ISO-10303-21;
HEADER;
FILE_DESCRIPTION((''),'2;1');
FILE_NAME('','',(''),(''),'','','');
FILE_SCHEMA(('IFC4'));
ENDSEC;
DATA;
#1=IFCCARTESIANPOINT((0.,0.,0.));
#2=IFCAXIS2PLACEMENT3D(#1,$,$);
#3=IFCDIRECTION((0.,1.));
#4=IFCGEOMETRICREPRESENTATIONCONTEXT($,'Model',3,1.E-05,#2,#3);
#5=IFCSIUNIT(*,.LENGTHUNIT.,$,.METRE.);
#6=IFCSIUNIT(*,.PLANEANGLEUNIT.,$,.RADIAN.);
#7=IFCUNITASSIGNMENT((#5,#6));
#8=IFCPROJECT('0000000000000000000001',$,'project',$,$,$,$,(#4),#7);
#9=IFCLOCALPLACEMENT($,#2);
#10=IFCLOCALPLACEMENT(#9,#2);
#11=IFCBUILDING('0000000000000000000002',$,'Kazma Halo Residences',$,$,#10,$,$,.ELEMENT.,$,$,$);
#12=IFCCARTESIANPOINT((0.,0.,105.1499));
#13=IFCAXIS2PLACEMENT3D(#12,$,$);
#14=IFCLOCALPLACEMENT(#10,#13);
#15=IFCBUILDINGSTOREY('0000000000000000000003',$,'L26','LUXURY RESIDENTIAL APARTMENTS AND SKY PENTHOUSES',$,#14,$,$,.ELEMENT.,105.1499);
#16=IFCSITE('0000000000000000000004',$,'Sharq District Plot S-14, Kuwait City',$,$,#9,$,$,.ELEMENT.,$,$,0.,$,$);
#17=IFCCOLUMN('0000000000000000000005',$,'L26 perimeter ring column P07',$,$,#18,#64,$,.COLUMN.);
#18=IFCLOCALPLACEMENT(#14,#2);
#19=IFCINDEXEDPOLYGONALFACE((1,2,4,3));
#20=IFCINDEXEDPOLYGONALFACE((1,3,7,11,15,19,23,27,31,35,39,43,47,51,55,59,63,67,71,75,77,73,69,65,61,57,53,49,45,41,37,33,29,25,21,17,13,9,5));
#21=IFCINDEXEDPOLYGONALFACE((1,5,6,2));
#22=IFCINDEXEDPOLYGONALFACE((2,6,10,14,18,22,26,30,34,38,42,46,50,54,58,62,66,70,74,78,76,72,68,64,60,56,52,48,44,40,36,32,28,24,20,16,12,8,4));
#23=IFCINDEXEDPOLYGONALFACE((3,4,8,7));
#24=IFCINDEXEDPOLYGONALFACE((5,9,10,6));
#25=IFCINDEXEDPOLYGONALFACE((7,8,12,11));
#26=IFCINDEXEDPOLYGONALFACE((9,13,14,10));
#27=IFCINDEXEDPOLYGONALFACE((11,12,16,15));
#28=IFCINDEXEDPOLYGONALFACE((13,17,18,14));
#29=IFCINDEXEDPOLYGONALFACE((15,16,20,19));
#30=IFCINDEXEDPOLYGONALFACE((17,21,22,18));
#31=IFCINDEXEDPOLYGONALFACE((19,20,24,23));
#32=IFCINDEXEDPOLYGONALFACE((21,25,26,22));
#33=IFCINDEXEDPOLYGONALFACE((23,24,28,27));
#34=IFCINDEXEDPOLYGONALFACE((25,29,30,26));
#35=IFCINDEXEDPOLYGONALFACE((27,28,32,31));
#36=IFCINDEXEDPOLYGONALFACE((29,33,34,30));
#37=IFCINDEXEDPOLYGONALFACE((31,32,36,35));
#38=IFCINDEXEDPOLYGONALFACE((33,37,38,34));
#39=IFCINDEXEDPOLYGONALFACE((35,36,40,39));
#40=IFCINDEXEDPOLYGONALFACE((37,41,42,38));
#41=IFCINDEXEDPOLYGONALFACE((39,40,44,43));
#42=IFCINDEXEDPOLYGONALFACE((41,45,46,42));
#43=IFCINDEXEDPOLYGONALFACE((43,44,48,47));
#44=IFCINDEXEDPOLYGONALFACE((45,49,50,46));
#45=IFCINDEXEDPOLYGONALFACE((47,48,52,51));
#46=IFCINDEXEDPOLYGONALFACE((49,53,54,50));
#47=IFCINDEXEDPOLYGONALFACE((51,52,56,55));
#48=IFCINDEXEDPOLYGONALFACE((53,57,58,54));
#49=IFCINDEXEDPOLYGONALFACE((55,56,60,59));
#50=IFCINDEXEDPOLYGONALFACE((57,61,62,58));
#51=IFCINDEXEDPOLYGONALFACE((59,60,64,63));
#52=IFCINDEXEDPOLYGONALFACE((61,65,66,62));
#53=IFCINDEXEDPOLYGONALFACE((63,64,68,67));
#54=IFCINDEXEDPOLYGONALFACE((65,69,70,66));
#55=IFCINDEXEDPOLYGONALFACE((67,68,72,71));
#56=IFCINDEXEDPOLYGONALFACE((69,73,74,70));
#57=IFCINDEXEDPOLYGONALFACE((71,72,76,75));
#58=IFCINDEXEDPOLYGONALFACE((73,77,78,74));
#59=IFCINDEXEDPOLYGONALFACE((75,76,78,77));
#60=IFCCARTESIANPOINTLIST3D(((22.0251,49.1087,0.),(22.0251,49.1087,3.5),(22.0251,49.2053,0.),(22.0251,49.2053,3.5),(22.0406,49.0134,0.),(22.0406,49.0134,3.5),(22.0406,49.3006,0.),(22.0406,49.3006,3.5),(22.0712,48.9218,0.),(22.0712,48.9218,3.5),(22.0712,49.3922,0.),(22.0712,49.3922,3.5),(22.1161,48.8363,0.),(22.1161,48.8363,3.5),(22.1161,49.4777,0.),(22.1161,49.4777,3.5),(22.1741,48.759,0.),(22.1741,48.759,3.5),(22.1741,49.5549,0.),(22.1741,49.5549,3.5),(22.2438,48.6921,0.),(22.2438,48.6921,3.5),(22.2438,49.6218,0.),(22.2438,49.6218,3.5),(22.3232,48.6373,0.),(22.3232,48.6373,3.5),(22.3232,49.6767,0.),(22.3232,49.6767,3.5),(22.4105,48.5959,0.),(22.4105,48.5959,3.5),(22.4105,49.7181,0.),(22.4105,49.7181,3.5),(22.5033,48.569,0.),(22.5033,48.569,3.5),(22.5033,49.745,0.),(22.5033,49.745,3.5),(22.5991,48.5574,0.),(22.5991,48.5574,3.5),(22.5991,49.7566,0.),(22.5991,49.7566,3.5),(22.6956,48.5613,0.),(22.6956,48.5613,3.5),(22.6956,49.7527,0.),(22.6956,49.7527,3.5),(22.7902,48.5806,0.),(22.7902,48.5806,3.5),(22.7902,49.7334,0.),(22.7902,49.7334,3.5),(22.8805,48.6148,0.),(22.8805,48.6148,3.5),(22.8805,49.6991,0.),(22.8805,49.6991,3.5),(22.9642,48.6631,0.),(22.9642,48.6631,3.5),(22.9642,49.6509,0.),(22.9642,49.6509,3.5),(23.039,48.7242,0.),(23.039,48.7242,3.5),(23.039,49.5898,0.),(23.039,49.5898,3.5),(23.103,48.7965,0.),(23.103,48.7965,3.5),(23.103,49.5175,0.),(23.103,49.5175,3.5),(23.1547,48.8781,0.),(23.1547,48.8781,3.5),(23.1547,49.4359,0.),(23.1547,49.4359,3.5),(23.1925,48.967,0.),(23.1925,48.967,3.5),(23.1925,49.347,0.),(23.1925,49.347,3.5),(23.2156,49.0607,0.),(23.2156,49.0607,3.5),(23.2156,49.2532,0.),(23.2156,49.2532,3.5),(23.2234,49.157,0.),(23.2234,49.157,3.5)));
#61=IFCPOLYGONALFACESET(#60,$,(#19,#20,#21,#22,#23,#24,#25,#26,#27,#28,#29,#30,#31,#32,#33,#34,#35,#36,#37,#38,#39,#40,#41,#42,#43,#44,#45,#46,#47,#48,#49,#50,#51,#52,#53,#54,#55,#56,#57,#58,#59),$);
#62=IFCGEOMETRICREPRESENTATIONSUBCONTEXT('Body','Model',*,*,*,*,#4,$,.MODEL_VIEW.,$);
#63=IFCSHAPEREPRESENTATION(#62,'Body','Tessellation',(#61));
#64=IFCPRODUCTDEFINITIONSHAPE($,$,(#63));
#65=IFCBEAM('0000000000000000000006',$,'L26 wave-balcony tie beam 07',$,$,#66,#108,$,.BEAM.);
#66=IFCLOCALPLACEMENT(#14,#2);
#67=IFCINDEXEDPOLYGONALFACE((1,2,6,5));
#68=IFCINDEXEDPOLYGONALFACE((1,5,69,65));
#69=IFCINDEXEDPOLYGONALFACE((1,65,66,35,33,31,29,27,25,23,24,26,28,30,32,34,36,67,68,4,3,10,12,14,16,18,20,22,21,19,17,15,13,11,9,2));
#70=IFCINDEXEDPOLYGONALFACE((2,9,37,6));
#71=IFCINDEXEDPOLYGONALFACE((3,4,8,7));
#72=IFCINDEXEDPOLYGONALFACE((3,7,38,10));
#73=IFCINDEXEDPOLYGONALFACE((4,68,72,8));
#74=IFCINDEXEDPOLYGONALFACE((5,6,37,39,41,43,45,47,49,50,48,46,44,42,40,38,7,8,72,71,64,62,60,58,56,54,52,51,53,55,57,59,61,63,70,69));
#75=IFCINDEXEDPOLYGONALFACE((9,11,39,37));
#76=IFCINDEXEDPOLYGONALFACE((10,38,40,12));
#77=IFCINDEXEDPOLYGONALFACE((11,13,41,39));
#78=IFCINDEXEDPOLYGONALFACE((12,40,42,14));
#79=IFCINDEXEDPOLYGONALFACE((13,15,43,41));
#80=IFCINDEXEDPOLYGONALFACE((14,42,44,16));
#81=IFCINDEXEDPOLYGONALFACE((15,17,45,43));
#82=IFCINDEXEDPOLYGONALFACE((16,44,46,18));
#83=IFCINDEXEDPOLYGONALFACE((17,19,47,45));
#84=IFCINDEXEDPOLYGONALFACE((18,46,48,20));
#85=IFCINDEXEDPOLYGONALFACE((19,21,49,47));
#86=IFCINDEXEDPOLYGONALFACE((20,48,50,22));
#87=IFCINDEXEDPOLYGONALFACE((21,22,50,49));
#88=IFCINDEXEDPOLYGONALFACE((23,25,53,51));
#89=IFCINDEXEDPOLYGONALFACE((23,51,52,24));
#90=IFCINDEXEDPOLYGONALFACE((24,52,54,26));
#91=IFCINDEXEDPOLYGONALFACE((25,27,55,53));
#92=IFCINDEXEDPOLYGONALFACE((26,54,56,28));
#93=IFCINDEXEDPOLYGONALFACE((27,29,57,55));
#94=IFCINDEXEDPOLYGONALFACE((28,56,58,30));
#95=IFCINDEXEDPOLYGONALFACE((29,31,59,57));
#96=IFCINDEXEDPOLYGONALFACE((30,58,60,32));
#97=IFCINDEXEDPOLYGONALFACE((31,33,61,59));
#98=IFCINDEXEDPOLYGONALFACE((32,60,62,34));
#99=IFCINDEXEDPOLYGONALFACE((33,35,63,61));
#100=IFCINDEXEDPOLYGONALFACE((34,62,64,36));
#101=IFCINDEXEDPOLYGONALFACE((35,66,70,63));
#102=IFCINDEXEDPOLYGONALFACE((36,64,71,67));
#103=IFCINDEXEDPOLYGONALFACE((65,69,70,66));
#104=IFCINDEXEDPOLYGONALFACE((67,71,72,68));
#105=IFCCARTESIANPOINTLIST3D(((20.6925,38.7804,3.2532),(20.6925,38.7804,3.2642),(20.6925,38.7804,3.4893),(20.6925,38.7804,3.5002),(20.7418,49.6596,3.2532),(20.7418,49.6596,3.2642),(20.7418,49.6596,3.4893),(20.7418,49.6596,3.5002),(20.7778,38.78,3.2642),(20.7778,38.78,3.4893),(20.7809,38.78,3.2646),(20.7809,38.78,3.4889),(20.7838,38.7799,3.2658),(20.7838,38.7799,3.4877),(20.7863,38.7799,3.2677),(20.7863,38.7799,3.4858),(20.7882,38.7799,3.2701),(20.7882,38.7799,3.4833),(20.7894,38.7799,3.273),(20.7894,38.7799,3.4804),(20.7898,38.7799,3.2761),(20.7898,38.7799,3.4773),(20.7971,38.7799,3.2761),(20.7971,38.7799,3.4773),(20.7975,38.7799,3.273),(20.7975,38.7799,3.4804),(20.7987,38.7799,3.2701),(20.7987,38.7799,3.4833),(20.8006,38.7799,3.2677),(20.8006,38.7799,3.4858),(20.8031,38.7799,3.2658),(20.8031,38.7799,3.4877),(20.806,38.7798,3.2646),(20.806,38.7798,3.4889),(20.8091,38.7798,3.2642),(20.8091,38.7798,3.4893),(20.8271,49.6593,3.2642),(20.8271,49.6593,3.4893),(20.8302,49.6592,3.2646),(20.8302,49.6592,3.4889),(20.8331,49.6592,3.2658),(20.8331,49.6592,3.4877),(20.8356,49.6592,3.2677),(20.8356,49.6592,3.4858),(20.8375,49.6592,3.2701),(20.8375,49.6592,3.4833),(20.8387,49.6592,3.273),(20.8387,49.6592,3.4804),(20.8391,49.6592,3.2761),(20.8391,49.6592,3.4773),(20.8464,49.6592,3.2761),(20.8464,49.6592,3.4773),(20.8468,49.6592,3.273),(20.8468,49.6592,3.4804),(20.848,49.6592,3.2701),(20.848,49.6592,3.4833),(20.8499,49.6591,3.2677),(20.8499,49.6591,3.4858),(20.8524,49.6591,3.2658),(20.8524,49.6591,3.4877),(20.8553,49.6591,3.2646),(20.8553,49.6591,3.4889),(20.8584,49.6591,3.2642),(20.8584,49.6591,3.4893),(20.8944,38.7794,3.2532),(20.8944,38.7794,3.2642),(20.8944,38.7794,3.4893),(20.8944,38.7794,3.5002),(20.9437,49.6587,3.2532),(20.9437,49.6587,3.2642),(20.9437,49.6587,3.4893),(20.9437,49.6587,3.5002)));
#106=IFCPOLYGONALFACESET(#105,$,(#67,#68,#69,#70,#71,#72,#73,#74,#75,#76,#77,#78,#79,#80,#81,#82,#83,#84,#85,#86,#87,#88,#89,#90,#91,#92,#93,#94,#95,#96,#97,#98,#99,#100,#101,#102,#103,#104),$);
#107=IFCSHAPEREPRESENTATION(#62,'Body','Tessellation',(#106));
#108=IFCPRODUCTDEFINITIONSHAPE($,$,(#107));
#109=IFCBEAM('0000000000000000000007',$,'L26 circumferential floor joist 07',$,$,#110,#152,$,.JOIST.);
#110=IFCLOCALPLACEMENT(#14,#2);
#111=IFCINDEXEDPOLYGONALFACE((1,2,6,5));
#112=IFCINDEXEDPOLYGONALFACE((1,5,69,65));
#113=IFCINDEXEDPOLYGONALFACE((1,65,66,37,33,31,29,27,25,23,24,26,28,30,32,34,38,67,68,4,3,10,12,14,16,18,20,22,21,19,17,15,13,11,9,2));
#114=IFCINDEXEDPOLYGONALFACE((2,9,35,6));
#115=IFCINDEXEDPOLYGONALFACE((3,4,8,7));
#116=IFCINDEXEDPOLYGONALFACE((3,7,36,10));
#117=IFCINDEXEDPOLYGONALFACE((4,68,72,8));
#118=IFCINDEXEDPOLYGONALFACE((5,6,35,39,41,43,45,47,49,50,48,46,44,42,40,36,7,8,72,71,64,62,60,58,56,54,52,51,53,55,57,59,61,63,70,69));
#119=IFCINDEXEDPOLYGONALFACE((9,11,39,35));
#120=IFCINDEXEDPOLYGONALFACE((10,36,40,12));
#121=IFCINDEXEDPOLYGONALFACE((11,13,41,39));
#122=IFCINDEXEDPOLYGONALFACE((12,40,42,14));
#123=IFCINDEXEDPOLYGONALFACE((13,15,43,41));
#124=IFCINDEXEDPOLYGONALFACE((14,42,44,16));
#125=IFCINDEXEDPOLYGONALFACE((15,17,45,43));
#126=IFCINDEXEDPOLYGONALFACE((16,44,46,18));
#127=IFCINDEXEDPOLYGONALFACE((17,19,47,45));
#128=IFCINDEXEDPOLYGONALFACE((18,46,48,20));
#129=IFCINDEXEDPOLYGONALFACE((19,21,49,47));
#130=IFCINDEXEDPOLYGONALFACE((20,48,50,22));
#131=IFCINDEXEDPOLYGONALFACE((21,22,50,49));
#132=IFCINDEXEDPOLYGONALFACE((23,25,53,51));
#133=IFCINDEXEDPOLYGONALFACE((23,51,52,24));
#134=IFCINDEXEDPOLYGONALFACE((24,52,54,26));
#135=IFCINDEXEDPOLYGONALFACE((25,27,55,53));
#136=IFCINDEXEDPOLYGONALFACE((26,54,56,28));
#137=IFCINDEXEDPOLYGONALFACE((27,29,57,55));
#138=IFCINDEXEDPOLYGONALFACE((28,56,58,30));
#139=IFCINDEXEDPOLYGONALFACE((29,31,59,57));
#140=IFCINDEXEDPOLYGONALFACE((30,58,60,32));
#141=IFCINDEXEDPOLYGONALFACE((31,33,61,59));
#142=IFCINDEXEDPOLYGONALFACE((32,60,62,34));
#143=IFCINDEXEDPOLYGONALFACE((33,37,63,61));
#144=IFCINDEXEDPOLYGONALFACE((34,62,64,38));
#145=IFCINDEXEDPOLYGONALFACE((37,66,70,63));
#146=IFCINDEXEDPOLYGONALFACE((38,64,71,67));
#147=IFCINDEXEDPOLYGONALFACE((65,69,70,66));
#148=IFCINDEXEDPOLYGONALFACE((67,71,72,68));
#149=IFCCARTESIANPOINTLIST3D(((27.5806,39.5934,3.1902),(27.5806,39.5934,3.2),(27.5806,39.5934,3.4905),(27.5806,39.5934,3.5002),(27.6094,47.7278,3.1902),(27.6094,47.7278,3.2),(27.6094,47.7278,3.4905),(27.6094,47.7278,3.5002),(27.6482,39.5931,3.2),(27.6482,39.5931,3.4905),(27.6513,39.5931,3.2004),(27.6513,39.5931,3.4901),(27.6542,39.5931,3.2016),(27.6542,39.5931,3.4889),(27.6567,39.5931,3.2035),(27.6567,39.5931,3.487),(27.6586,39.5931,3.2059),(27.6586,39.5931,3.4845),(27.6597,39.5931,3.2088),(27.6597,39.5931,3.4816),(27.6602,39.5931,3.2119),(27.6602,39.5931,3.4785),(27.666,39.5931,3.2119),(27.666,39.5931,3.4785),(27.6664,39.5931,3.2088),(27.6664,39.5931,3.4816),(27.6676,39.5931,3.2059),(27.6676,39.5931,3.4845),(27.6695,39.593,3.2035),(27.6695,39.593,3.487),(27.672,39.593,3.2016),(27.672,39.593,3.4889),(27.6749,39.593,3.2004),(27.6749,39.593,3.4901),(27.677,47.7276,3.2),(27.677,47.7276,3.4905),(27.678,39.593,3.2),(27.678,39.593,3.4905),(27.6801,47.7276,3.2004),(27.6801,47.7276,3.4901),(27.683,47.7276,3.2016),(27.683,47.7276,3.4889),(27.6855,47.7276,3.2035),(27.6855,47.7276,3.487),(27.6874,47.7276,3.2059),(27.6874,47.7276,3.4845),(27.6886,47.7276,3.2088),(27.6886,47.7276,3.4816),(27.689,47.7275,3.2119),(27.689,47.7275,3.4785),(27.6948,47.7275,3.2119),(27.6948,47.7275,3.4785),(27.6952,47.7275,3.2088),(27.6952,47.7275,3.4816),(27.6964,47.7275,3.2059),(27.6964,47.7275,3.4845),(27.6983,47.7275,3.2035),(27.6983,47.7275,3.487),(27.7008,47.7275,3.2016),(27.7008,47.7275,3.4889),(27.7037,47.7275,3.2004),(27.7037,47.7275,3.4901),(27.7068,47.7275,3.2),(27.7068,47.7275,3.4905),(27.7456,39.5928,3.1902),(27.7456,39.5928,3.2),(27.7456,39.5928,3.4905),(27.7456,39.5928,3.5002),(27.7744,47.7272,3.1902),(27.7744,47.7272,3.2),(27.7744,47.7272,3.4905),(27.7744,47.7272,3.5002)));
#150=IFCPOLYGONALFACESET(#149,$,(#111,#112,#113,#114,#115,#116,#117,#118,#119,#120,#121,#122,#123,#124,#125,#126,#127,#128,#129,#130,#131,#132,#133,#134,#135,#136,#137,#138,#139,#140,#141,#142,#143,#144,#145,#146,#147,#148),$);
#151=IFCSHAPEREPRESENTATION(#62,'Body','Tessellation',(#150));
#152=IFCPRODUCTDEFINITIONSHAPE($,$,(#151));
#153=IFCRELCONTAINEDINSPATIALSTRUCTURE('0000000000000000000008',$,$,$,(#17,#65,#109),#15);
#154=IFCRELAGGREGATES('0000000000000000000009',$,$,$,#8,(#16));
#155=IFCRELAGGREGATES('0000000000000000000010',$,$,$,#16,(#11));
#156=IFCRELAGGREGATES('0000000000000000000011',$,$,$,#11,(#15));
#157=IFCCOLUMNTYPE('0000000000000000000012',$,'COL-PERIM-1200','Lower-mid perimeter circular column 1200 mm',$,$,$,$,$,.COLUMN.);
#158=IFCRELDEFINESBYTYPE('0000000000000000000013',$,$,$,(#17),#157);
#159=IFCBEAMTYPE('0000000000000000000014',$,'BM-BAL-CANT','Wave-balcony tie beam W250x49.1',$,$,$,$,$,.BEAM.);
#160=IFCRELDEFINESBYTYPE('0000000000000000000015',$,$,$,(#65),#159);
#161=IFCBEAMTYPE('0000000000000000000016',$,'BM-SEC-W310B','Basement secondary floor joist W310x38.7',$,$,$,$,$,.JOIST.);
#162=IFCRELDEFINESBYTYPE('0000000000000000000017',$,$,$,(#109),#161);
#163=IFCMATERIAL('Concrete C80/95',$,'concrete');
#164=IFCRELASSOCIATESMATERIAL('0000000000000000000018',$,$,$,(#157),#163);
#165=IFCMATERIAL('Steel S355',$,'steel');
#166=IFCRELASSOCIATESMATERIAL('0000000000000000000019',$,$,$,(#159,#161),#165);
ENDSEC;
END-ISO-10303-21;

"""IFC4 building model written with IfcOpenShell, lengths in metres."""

from ifc_helpers import new_model, si_unit, direction, frame, origin, origin_2d, place, context, subcontext, project, spatial, circle, i_section, extrude, material, material_profile, profile_set, type_object, element, save


model = new_model("IFC4")

# Units and contexts
model_context = context("Model", 3, precision=1e-05, world=origin(), true_north=direction((0.0, 1.0)))
body_context = subcontext(model_context, "Body", "Model", "MODEL_VIEW")
ifc_project = project(units=[si_unit("LENGTHUNIT", "METRE"), si_unit("PLANEANGLEUNIT", "RADIAN")], contexts=[model_context])

# Site, building, storey
site_placement = place(None, origin())
site = spatial("IfcSite", under=ifc_project, at=site_placement, Name="Sharq District Plot S-14, Kuwait City", CompositionType="ELEMENT", RefElevation=0.0)
building_placement = place(site_placement, origin())
building = spatial("IfcBuilding", under=site, at=building_placement, Name="Kazma Halo Residences", CompositionType="ELEMENT")
storey_placement = place(building_placement, frame((0.0, 0.0, 105.1499)))
storey = spatial("IfcBuildingStorey", under=building, at=storey_placement, Name="L26", Description="LUXURY RESIDENTIAL APARTMENTS AND SKY PENTHOUSES", CompositionType="ELEMENT", Elevation=105.1499)

# Column
ifc_material_1 = material(Name="Concrete C80/95", Category="concrete")
ifc_material_profile_1 = material_profile(ifc_material_1, circle(Radius=0.6001, at=origin_2d()), Name="CIRC1200")
ifc_profile_set_1 = profile_set([ifc_material_profile_1], Name="Concrete C80/95")
column_type = type_object("IfcColumnType", Name="COL-PERIM-1200", Description="Lower-mid perimeter circular column 1200 mm", PredefinedType="COLUMN", material=ifc_profile_set_1)
column_placement = place(storey_placement, frame((22.6233, 49.157, 0.0), z_axis=(0.0, 0.0, 1.0), x_axis=(1.0, 0.0, 0.0)))
element("IfcColumn", 1, at=column_placement, inside=storey, type_object=column_type, Name="L26 perimeter ring column P07", PredefinedType="COLUMN", context=body_context, shape_type="SweptSolid", body=[
    extrude(circle(Radius=0.6001, at=origin_2d()), origin(), (0.0, 0.0, 1.0), 3.5),
])

# Beams
ifc_material_2 = material(Name="Steel S355", Category="steel")
ifc_material_profile_2 = material_profile(ifc_material_2, i_section(OverallWidth=0.2019, OverallDepth=0.2471, WebThickness=0.0073, FlangeThickness=0.011, FilletRadius=0.012, at=origin_2d()), Name="W250x49.1")
ifc_profile_set_2 = profile_set([ifc_material_profile_2], Name="Steel S355")
beam_type_1 = type_object("IfcBeamType", Name="BM-BAL-CANT", Description="Wave-balcony tie beam W250x49.1", PredefinedType="BEAM", material=ifc_profile_set_2)
beam_1_placement = place(storey_placement, frame((20.8428, 49.6592, 3.3767), z_axis=(-0.004533, -0.99999, 0.0), x_axis=(0.99999, -0.004533, 0.0)))
element("IfcBeam", 2, at=beam_1_placement, inside=storey, type_object=beam_type_1, Name="L26 wave-balcony tie beam 07", PredefinedType="BEAM", context=body_context, shape_type="SweptSolid", body=[
    extrude(i_section(OverallWidth=0.2019, OverallDepth=0.2471, WebThickness=0.0073, FlangeThickness=0.011, FilletRadius=0.012, at=origin_2d()), origin(), (0.0, 0.0, 1.0), 10.8794),
])
ifc_material_profile_3 = material_profile(ifc_material_2, i_section(OverallWidth=0.165, OverallDepth=0.3101, WebThickness=0.0059, FlangeThickness=0.0098, FilletRadius=0.012, at=origin_2d()), Name="W310x38.7")
ifc_profile_set_3 = profile_set([ifc_material_profile_3], Name="Steel S355")
beam_type_2 = type_object("IfcBeamType", Name="BM-SEC-W310B", Description="Basement secondary floor joist W310x38.7", PredefinedType="JOIST", material=ifc_profile_set_3)
beam_2_placement = place(storey_placement, frame((27.6919, 47.7275, 3.3452), z_axis=(-0.003542, -0.999994, 0.0), x_axis=(0.999994, -0.003542, 0.0)))
element("IfcBeam", 3, at=beam_2_placement, inside=storey, type_object=beam_type_2, Name="L26 circumferential floor joist 07", PredefinedType="JOIST", context=body_context, shape_type="SweptSolid", body=[
    extrude(i_section(OverallWidth=0.165, OverallDepth=0.3101, WebThickness=0.0059, FlangeThickness=0.0098, FilletRadius=0.012, at=origin_2d()), origin(), (0.0, 0.0, 1.0), 8.1345),
])

save(model, "model.ifc")
